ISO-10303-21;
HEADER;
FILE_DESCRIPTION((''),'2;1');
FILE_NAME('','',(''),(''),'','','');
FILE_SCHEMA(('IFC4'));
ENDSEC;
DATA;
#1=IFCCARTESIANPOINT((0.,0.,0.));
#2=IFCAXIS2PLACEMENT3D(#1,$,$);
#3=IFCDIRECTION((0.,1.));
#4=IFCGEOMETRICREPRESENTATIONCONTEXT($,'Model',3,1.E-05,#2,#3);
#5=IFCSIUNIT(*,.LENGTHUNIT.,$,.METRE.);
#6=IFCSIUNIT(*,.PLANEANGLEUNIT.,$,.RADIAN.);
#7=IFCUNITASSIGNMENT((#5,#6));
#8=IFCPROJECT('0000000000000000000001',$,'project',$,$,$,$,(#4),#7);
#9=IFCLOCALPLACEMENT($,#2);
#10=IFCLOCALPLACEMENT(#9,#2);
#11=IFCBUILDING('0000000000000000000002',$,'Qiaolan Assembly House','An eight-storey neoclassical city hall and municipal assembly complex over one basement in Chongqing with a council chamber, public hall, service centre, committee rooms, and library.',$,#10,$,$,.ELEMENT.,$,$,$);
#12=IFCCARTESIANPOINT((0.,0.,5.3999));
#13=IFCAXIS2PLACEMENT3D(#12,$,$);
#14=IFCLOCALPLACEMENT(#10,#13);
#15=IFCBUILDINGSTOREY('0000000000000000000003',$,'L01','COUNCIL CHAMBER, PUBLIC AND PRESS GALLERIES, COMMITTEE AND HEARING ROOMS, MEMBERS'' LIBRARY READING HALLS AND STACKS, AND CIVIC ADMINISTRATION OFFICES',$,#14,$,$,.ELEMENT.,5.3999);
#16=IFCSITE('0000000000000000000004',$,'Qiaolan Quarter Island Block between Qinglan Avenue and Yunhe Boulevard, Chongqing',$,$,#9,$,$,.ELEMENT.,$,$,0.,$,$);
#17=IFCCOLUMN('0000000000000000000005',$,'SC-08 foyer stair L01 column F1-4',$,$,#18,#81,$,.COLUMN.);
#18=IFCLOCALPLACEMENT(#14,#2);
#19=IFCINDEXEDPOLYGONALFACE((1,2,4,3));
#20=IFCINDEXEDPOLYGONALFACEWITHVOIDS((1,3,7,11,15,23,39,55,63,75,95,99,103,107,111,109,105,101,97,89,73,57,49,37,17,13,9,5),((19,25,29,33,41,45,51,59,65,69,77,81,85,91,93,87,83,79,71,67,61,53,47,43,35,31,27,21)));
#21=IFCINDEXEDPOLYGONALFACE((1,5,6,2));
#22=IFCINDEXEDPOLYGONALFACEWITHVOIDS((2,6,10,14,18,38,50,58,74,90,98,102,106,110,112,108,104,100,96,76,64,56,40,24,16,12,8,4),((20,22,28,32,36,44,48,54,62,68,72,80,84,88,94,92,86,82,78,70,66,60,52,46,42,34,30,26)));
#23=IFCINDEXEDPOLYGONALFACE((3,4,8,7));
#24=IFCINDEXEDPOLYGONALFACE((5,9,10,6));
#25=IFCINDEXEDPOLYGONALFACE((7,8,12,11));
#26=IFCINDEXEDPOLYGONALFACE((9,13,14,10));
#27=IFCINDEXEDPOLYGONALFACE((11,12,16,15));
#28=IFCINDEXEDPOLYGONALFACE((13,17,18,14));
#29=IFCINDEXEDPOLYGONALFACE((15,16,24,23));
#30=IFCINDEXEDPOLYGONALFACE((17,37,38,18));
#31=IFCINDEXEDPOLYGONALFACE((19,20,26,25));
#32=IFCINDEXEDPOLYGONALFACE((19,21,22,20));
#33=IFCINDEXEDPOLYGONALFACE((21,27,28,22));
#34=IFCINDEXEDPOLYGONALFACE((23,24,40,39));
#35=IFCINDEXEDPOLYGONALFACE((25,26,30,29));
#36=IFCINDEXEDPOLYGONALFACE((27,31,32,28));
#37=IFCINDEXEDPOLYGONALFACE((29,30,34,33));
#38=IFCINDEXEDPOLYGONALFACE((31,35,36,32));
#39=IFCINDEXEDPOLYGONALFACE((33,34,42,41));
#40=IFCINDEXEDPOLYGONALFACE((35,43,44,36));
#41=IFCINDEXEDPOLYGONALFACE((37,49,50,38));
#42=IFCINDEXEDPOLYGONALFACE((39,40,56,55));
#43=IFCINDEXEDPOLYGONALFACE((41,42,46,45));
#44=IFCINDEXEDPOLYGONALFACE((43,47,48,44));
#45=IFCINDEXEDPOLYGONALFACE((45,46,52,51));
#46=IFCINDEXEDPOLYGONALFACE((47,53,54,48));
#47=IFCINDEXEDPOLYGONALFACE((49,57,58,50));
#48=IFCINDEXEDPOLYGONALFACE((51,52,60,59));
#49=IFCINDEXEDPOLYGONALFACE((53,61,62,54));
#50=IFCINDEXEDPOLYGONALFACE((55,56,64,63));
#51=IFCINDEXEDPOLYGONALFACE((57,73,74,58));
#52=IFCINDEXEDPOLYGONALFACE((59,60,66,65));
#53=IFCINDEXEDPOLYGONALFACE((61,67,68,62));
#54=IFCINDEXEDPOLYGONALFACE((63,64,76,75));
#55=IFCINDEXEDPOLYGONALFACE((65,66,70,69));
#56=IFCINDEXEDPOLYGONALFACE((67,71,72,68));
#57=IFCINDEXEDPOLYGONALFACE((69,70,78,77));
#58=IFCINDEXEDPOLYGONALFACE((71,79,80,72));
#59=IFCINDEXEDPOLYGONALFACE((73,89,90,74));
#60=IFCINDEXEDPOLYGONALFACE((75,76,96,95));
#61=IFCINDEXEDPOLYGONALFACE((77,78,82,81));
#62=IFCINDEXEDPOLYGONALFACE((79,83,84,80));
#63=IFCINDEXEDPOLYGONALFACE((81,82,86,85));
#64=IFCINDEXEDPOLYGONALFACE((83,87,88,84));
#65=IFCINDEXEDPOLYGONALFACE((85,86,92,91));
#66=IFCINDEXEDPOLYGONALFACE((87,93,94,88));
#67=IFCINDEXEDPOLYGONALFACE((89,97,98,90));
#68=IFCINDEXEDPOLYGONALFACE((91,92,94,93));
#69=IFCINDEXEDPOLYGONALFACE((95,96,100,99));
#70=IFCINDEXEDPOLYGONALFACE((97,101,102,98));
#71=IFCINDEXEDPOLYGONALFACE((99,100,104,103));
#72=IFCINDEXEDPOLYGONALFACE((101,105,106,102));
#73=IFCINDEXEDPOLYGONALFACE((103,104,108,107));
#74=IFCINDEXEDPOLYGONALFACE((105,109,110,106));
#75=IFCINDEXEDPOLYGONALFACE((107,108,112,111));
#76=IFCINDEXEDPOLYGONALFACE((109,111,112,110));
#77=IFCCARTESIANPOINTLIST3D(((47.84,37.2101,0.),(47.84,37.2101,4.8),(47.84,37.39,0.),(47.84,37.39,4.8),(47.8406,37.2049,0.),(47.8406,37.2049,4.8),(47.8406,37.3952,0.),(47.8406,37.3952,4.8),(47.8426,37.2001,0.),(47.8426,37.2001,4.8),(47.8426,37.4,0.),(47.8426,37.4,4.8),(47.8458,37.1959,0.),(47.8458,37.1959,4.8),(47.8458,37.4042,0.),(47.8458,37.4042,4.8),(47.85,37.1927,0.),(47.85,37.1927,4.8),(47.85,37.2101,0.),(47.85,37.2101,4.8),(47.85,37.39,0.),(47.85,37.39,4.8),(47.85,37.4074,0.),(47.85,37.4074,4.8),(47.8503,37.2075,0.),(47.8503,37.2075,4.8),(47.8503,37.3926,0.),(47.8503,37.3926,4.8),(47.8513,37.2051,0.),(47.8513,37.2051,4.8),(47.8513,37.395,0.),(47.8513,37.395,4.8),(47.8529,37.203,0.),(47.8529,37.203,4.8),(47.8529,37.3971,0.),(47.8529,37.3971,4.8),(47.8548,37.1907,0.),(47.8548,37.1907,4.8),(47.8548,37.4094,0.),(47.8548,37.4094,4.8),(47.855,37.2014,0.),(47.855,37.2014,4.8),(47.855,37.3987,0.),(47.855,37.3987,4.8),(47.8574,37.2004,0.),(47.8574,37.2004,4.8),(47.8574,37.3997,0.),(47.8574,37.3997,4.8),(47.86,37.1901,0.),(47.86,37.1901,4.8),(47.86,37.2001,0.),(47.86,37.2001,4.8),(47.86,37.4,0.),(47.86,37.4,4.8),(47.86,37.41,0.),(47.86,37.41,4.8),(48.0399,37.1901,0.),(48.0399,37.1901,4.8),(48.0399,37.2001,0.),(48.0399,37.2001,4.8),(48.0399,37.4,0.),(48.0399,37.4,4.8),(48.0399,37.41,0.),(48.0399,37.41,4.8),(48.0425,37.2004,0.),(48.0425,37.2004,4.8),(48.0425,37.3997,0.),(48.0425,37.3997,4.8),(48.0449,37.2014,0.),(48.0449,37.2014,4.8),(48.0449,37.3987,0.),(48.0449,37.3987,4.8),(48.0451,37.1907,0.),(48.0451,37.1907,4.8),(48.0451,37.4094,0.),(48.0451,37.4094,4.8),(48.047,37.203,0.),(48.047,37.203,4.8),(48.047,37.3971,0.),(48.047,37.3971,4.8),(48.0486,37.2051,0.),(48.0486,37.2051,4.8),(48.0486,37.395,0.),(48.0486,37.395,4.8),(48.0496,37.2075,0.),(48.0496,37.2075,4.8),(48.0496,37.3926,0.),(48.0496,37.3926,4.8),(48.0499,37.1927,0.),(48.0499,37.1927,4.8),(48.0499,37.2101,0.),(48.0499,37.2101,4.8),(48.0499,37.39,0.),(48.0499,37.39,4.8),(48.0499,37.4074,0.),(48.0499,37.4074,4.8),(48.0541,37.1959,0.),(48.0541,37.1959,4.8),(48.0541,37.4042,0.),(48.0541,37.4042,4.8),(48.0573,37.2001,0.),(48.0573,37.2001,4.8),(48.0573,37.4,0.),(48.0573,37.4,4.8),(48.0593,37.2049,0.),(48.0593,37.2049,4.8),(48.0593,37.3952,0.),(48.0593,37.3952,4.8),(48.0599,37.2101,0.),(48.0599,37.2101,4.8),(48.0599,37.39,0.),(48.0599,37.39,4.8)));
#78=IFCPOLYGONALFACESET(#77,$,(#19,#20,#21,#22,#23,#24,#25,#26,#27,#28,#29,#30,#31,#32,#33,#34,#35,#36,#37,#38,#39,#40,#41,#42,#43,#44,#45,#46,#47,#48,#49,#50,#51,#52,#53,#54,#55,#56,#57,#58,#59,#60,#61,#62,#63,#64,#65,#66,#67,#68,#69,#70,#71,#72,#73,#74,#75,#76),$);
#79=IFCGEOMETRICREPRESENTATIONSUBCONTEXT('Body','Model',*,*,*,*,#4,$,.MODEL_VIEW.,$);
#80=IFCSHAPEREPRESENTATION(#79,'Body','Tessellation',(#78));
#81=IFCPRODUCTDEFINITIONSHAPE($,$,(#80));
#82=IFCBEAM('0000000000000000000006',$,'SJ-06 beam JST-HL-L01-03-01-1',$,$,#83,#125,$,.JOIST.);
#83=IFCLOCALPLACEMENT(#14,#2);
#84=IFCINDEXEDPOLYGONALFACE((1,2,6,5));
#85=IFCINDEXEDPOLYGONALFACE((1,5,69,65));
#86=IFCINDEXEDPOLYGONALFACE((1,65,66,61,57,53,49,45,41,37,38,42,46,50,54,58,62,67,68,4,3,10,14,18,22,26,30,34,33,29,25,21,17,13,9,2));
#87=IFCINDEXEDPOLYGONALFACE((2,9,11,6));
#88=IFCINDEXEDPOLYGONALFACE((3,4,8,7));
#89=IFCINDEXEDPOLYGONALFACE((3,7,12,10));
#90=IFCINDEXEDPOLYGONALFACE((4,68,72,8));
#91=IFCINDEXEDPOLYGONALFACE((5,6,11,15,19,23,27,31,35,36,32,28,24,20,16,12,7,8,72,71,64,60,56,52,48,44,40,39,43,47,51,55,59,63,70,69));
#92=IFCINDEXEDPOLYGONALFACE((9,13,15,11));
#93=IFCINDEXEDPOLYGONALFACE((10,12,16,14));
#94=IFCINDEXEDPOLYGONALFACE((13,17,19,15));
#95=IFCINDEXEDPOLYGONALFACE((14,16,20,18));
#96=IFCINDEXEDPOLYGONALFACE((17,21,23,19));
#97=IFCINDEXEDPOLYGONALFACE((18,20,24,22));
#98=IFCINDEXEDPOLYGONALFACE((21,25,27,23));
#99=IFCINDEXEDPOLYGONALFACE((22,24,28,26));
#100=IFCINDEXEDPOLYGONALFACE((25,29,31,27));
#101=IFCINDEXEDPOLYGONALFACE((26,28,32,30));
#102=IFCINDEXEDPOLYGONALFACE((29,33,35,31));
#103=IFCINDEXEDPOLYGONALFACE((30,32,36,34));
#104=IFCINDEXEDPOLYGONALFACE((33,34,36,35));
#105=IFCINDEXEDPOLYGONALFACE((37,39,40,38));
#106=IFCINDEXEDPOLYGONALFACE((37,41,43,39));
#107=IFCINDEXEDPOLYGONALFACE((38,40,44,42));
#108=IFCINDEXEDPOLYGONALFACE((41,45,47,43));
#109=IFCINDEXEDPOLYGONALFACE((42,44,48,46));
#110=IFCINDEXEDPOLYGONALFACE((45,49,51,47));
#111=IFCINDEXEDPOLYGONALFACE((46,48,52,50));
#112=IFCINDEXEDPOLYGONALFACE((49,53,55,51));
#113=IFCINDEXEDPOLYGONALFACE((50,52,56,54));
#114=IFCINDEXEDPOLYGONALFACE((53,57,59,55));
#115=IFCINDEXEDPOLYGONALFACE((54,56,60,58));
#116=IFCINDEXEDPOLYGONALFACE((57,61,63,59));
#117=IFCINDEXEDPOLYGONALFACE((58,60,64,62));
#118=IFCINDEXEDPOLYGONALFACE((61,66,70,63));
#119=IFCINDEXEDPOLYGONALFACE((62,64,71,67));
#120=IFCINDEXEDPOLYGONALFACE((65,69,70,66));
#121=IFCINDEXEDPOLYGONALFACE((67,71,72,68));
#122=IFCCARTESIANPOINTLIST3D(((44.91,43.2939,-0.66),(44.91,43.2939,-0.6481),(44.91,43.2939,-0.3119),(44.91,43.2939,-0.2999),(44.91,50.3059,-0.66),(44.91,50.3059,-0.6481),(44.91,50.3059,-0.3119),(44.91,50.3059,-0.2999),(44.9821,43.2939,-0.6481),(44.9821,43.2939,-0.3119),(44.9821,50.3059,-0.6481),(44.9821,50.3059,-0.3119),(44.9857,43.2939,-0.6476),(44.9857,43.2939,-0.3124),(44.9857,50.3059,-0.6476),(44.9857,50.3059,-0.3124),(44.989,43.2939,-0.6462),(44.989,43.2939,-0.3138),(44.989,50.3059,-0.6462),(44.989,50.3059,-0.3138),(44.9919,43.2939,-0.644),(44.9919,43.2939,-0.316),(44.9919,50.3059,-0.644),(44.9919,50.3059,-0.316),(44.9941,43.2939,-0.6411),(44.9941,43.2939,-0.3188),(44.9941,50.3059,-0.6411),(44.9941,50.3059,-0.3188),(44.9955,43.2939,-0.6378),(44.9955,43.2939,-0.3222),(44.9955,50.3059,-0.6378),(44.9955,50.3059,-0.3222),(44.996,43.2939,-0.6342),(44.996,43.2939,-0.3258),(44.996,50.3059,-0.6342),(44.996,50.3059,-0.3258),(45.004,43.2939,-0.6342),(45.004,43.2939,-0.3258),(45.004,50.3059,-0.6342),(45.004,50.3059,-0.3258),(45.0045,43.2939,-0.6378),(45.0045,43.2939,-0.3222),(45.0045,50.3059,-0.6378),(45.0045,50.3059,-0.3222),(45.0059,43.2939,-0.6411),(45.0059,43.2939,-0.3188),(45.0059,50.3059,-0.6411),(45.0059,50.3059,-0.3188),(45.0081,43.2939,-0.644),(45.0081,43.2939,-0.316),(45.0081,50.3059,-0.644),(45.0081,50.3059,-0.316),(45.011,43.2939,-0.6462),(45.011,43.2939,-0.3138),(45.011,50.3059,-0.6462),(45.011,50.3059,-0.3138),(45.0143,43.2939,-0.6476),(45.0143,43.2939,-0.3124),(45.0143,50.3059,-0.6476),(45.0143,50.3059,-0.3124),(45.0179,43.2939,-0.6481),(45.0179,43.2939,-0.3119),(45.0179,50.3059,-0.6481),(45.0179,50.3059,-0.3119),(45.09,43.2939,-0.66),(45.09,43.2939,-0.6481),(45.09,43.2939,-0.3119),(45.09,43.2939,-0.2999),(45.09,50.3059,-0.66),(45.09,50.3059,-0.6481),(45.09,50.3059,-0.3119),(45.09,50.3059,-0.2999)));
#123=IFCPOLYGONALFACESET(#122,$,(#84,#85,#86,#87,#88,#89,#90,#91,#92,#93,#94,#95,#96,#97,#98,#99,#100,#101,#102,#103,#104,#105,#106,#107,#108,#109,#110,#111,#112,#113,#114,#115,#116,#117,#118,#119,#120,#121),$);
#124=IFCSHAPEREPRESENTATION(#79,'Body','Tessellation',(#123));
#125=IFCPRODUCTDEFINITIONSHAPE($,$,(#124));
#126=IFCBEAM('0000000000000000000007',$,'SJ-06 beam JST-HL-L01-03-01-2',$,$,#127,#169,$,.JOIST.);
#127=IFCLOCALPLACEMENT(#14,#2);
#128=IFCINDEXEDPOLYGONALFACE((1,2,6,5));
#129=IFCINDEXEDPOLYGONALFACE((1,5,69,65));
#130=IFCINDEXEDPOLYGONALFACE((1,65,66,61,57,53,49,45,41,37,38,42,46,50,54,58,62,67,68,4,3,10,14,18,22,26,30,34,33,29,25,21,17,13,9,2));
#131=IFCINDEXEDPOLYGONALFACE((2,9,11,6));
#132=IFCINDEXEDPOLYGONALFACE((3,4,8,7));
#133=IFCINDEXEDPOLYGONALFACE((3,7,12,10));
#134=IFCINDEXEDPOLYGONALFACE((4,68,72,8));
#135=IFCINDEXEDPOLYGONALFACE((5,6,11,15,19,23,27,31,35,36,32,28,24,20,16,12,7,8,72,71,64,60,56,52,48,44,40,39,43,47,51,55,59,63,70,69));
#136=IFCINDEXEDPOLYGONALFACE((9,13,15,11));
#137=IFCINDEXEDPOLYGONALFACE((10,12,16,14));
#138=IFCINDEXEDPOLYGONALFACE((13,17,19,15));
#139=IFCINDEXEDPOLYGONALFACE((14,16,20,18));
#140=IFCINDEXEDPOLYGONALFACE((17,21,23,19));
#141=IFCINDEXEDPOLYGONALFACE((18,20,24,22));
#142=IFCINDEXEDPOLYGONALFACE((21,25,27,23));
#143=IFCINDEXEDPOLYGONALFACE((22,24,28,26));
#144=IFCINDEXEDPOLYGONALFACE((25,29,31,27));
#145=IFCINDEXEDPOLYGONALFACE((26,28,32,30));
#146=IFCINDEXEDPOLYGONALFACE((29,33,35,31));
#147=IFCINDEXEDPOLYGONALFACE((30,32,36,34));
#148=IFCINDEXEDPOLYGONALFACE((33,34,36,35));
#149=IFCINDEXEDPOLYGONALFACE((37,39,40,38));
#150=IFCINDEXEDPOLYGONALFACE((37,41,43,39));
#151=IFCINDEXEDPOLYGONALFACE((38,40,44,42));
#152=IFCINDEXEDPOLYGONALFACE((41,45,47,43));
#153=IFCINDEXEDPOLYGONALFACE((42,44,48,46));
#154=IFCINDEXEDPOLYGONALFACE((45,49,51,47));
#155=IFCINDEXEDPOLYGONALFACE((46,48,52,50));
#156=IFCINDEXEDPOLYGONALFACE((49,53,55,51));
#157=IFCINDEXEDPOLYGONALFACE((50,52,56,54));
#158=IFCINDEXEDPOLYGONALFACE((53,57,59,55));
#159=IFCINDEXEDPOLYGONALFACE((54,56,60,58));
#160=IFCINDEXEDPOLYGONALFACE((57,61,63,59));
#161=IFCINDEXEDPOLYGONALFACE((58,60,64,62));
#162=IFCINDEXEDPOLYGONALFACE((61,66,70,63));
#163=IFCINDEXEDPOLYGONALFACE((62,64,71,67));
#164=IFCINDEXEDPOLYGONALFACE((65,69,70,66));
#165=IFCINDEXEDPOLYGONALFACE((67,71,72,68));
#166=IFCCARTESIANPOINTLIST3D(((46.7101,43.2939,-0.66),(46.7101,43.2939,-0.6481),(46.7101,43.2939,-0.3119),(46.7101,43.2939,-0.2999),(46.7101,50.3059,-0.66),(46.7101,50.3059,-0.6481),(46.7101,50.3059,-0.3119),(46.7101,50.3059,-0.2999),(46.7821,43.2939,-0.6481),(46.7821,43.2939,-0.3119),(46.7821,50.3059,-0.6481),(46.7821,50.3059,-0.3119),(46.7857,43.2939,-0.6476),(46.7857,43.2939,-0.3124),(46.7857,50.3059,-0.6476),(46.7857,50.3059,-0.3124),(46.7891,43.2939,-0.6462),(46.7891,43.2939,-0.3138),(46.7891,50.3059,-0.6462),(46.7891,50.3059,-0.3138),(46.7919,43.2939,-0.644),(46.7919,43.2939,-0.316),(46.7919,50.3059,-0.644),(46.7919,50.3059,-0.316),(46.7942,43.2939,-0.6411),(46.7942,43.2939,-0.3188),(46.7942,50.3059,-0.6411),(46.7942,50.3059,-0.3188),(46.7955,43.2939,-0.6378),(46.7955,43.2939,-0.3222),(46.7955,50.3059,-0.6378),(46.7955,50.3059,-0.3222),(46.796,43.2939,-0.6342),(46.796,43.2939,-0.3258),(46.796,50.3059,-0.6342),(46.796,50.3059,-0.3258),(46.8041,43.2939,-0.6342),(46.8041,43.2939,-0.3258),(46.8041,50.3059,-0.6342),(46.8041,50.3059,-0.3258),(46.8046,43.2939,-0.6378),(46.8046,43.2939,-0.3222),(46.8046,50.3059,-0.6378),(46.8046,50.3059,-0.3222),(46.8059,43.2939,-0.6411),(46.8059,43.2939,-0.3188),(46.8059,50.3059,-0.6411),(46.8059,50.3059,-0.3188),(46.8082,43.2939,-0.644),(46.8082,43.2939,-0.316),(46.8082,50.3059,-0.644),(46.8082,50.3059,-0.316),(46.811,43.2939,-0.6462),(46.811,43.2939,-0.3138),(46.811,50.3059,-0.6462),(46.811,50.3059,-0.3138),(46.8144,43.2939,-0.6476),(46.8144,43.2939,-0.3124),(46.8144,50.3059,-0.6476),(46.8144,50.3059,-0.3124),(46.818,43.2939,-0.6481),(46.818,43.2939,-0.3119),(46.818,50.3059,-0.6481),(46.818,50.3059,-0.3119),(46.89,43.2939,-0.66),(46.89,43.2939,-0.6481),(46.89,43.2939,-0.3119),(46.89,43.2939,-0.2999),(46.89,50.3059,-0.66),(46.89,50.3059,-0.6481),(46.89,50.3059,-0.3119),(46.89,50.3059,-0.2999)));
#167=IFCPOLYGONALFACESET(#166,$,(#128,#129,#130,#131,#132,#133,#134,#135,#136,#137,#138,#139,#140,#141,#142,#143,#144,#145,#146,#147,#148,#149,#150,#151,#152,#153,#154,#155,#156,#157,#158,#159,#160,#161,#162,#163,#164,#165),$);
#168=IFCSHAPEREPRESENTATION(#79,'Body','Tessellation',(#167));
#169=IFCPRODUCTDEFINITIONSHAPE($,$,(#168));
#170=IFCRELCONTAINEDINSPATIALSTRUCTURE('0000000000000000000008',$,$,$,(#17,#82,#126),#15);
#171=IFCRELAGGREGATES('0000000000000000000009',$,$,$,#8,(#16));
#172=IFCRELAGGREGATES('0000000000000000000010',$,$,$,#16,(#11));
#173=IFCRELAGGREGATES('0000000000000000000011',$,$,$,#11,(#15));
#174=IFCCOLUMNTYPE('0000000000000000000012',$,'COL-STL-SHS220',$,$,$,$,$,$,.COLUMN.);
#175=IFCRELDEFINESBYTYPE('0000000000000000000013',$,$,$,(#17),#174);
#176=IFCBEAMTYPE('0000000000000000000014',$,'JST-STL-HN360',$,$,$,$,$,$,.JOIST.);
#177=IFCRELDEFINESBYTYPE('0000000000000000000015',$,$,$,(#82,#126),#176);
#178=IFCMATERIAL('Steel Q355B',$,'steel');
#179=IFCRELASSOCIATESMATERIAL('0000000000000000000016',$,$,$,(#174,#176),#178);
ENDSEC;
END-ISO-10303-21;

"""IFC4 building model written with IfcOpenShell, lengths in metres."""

from ifc_helpers import new_model, si_unit, direction, frame, origin, origin_2d, place, context, subcontext, project, spatial, hollow_rectangle, i_section, extrude, material, material_profile, profile_set, type_object, element, save


model = new_model("IFC4")

# Units and contexts
model_context = context("Model", 3, precision=1e-05, world=origin(), true_north=direction((0.0, 1.0)))
body_context = subcontext(model_context, "Body", "Model", "MODEL_VIEW")
ifc_project = project(units=[si_unit("LENGTHUNIT", "METRE"), si_unit("PLANEANGLEUNIT", "RADIAN")], contexts=[model_context])

# Site, building, storey
site_placement = place(None, origin())
site = spatial("IfcSite", under=ifc_project, at=site_placement, Name="Qiaolan Quarter Island Block between Qinglan Avenue and Yunhe Boulevard, Chongqing", CompositionType="ELEMENT", RefElevation=0.0)
building_placement = place(site_placement, origin())
building = spatial("IfcBuilding", under=site, at=building_placement, Name="Qiaolan Assembly House", Description="An eight-storey neoclassical city hall and municipal assembly complex over one basement in Chongqing with a council chamber, public hall, service centre, committee rooms, and library.", CompositionType="ELEMENT")
storey_placement = place(building_placement, frame((0.0, 0.0, 5.3999)))
storey = spatial("IfcBuildingStorey", under=building, at=storey_placement, Name="L01", Description="COUNCIL CHAMBER, PUBLIC AND PRESS GALLERIES, COMMITTEE AND HEARING ROOMS, MEMBERS' LIBRARY READING HALLS AND STACKS, AND CIVIC ADMINISTRATION OFFICES", CompositionType="ELEMENT", Elevation=5.3999)

# Column
ifc_material_1 = material(Name="Steel Q355B", Category="steel")
ifc_material_profile_1 = material_profile(ifc_material_1, hollow_rectangle(XDim=0.22, YDim=0.22, WallThickness=0.01, InnerFilletRadius=0.01, OuterFilletRadius=0.02, at=origin_2d()), Name="SHS 220x220x10")
ifc_profile_set_1 = profile_set([ifc_material_profile_1], Name="Steel Q355B")
column_type = type_object("IfcColumnType", Name="COL-STL-SHS220", PredefinedType="COLUMN", material=ifc_profile_set_1)
for number, where, z_axis, x_axis, name in (
    (1, (47.95, 37.3, 0.0), (0.0, 0.0, 1.0), (1.0, 0.0, 0.0), "SC-08 foyer stair L01 column F1-4"),
):
    element("IfcColumn", number, at=place(storey_placement, frame(where, z_axis=z_axis, x_axis=x_axis)), inside=storey, type_object=column_type, Name=name, PredefinedType="COLUMN", context=body_context, shape_type="SweptSolid", body=[
        extrude(hollow_rectangle(XDim=0.22, YDim=0.22, WallThickness=0.01, InnerFilletRadius=0.01, OuterFilletRadius=0.02, at=origin_2d()), origin(), (0.0, 0.0, 1.0), 4.8),
    ])

# Beams
ifc_material_profile_2 = material_profile(ifc_material_1, i_section(OverallWidth=0.1799, OverallDepth=0.3601, WebThickness=0.0081, FlangeThickness=0.012, FilletRadius=0.0139, at=origin_2d()), Name="HN 360x180x8x12")
ifc_profile_set_2 = profile_set([ifc_material_profile_2], Name="Steel Q355B")
beam_type = type_object("IfcBeamType", Name="JST-STL-HN360", PredefinedType="JOIST", material=ifc_profile_set_2)
for number, where, z_axis, x_axis, name in (
    (2, (45.0, 43.2939, -0.48), (0.0, 1.0, 0.0), (-1.0, 0.0, 0.0), "SJ-06 beam JST-HL-L01-03-01-1"),
    (3, (46.8, 43.2939, -0.48), (0.0, 1.0, 0.0), (-1.0, 0.0, 0.0), "SJ-06 beam JST-HL-L01-03-01-2"),
):
    element("IfcBeam", number, at=place(storey_placement, frame(where, z_axis=z_axis, x_axis=x_axis)), inside=storey, type_object=beam_type, Name=name, PredefinedType="JOIST", context=body_context, shape_type="SweptSolid", body=[
        extrude(i_section(OverallWidth=0.1799, OverallDepth=0.3601, WebThickness=0.0081, FlangeThickness=0.012, FilletRadius=0.0139, at=origin_2d()), origin(), (0.0, 0.0, 1.0), 7.012),
    ])

save(model, "model.ifc")
